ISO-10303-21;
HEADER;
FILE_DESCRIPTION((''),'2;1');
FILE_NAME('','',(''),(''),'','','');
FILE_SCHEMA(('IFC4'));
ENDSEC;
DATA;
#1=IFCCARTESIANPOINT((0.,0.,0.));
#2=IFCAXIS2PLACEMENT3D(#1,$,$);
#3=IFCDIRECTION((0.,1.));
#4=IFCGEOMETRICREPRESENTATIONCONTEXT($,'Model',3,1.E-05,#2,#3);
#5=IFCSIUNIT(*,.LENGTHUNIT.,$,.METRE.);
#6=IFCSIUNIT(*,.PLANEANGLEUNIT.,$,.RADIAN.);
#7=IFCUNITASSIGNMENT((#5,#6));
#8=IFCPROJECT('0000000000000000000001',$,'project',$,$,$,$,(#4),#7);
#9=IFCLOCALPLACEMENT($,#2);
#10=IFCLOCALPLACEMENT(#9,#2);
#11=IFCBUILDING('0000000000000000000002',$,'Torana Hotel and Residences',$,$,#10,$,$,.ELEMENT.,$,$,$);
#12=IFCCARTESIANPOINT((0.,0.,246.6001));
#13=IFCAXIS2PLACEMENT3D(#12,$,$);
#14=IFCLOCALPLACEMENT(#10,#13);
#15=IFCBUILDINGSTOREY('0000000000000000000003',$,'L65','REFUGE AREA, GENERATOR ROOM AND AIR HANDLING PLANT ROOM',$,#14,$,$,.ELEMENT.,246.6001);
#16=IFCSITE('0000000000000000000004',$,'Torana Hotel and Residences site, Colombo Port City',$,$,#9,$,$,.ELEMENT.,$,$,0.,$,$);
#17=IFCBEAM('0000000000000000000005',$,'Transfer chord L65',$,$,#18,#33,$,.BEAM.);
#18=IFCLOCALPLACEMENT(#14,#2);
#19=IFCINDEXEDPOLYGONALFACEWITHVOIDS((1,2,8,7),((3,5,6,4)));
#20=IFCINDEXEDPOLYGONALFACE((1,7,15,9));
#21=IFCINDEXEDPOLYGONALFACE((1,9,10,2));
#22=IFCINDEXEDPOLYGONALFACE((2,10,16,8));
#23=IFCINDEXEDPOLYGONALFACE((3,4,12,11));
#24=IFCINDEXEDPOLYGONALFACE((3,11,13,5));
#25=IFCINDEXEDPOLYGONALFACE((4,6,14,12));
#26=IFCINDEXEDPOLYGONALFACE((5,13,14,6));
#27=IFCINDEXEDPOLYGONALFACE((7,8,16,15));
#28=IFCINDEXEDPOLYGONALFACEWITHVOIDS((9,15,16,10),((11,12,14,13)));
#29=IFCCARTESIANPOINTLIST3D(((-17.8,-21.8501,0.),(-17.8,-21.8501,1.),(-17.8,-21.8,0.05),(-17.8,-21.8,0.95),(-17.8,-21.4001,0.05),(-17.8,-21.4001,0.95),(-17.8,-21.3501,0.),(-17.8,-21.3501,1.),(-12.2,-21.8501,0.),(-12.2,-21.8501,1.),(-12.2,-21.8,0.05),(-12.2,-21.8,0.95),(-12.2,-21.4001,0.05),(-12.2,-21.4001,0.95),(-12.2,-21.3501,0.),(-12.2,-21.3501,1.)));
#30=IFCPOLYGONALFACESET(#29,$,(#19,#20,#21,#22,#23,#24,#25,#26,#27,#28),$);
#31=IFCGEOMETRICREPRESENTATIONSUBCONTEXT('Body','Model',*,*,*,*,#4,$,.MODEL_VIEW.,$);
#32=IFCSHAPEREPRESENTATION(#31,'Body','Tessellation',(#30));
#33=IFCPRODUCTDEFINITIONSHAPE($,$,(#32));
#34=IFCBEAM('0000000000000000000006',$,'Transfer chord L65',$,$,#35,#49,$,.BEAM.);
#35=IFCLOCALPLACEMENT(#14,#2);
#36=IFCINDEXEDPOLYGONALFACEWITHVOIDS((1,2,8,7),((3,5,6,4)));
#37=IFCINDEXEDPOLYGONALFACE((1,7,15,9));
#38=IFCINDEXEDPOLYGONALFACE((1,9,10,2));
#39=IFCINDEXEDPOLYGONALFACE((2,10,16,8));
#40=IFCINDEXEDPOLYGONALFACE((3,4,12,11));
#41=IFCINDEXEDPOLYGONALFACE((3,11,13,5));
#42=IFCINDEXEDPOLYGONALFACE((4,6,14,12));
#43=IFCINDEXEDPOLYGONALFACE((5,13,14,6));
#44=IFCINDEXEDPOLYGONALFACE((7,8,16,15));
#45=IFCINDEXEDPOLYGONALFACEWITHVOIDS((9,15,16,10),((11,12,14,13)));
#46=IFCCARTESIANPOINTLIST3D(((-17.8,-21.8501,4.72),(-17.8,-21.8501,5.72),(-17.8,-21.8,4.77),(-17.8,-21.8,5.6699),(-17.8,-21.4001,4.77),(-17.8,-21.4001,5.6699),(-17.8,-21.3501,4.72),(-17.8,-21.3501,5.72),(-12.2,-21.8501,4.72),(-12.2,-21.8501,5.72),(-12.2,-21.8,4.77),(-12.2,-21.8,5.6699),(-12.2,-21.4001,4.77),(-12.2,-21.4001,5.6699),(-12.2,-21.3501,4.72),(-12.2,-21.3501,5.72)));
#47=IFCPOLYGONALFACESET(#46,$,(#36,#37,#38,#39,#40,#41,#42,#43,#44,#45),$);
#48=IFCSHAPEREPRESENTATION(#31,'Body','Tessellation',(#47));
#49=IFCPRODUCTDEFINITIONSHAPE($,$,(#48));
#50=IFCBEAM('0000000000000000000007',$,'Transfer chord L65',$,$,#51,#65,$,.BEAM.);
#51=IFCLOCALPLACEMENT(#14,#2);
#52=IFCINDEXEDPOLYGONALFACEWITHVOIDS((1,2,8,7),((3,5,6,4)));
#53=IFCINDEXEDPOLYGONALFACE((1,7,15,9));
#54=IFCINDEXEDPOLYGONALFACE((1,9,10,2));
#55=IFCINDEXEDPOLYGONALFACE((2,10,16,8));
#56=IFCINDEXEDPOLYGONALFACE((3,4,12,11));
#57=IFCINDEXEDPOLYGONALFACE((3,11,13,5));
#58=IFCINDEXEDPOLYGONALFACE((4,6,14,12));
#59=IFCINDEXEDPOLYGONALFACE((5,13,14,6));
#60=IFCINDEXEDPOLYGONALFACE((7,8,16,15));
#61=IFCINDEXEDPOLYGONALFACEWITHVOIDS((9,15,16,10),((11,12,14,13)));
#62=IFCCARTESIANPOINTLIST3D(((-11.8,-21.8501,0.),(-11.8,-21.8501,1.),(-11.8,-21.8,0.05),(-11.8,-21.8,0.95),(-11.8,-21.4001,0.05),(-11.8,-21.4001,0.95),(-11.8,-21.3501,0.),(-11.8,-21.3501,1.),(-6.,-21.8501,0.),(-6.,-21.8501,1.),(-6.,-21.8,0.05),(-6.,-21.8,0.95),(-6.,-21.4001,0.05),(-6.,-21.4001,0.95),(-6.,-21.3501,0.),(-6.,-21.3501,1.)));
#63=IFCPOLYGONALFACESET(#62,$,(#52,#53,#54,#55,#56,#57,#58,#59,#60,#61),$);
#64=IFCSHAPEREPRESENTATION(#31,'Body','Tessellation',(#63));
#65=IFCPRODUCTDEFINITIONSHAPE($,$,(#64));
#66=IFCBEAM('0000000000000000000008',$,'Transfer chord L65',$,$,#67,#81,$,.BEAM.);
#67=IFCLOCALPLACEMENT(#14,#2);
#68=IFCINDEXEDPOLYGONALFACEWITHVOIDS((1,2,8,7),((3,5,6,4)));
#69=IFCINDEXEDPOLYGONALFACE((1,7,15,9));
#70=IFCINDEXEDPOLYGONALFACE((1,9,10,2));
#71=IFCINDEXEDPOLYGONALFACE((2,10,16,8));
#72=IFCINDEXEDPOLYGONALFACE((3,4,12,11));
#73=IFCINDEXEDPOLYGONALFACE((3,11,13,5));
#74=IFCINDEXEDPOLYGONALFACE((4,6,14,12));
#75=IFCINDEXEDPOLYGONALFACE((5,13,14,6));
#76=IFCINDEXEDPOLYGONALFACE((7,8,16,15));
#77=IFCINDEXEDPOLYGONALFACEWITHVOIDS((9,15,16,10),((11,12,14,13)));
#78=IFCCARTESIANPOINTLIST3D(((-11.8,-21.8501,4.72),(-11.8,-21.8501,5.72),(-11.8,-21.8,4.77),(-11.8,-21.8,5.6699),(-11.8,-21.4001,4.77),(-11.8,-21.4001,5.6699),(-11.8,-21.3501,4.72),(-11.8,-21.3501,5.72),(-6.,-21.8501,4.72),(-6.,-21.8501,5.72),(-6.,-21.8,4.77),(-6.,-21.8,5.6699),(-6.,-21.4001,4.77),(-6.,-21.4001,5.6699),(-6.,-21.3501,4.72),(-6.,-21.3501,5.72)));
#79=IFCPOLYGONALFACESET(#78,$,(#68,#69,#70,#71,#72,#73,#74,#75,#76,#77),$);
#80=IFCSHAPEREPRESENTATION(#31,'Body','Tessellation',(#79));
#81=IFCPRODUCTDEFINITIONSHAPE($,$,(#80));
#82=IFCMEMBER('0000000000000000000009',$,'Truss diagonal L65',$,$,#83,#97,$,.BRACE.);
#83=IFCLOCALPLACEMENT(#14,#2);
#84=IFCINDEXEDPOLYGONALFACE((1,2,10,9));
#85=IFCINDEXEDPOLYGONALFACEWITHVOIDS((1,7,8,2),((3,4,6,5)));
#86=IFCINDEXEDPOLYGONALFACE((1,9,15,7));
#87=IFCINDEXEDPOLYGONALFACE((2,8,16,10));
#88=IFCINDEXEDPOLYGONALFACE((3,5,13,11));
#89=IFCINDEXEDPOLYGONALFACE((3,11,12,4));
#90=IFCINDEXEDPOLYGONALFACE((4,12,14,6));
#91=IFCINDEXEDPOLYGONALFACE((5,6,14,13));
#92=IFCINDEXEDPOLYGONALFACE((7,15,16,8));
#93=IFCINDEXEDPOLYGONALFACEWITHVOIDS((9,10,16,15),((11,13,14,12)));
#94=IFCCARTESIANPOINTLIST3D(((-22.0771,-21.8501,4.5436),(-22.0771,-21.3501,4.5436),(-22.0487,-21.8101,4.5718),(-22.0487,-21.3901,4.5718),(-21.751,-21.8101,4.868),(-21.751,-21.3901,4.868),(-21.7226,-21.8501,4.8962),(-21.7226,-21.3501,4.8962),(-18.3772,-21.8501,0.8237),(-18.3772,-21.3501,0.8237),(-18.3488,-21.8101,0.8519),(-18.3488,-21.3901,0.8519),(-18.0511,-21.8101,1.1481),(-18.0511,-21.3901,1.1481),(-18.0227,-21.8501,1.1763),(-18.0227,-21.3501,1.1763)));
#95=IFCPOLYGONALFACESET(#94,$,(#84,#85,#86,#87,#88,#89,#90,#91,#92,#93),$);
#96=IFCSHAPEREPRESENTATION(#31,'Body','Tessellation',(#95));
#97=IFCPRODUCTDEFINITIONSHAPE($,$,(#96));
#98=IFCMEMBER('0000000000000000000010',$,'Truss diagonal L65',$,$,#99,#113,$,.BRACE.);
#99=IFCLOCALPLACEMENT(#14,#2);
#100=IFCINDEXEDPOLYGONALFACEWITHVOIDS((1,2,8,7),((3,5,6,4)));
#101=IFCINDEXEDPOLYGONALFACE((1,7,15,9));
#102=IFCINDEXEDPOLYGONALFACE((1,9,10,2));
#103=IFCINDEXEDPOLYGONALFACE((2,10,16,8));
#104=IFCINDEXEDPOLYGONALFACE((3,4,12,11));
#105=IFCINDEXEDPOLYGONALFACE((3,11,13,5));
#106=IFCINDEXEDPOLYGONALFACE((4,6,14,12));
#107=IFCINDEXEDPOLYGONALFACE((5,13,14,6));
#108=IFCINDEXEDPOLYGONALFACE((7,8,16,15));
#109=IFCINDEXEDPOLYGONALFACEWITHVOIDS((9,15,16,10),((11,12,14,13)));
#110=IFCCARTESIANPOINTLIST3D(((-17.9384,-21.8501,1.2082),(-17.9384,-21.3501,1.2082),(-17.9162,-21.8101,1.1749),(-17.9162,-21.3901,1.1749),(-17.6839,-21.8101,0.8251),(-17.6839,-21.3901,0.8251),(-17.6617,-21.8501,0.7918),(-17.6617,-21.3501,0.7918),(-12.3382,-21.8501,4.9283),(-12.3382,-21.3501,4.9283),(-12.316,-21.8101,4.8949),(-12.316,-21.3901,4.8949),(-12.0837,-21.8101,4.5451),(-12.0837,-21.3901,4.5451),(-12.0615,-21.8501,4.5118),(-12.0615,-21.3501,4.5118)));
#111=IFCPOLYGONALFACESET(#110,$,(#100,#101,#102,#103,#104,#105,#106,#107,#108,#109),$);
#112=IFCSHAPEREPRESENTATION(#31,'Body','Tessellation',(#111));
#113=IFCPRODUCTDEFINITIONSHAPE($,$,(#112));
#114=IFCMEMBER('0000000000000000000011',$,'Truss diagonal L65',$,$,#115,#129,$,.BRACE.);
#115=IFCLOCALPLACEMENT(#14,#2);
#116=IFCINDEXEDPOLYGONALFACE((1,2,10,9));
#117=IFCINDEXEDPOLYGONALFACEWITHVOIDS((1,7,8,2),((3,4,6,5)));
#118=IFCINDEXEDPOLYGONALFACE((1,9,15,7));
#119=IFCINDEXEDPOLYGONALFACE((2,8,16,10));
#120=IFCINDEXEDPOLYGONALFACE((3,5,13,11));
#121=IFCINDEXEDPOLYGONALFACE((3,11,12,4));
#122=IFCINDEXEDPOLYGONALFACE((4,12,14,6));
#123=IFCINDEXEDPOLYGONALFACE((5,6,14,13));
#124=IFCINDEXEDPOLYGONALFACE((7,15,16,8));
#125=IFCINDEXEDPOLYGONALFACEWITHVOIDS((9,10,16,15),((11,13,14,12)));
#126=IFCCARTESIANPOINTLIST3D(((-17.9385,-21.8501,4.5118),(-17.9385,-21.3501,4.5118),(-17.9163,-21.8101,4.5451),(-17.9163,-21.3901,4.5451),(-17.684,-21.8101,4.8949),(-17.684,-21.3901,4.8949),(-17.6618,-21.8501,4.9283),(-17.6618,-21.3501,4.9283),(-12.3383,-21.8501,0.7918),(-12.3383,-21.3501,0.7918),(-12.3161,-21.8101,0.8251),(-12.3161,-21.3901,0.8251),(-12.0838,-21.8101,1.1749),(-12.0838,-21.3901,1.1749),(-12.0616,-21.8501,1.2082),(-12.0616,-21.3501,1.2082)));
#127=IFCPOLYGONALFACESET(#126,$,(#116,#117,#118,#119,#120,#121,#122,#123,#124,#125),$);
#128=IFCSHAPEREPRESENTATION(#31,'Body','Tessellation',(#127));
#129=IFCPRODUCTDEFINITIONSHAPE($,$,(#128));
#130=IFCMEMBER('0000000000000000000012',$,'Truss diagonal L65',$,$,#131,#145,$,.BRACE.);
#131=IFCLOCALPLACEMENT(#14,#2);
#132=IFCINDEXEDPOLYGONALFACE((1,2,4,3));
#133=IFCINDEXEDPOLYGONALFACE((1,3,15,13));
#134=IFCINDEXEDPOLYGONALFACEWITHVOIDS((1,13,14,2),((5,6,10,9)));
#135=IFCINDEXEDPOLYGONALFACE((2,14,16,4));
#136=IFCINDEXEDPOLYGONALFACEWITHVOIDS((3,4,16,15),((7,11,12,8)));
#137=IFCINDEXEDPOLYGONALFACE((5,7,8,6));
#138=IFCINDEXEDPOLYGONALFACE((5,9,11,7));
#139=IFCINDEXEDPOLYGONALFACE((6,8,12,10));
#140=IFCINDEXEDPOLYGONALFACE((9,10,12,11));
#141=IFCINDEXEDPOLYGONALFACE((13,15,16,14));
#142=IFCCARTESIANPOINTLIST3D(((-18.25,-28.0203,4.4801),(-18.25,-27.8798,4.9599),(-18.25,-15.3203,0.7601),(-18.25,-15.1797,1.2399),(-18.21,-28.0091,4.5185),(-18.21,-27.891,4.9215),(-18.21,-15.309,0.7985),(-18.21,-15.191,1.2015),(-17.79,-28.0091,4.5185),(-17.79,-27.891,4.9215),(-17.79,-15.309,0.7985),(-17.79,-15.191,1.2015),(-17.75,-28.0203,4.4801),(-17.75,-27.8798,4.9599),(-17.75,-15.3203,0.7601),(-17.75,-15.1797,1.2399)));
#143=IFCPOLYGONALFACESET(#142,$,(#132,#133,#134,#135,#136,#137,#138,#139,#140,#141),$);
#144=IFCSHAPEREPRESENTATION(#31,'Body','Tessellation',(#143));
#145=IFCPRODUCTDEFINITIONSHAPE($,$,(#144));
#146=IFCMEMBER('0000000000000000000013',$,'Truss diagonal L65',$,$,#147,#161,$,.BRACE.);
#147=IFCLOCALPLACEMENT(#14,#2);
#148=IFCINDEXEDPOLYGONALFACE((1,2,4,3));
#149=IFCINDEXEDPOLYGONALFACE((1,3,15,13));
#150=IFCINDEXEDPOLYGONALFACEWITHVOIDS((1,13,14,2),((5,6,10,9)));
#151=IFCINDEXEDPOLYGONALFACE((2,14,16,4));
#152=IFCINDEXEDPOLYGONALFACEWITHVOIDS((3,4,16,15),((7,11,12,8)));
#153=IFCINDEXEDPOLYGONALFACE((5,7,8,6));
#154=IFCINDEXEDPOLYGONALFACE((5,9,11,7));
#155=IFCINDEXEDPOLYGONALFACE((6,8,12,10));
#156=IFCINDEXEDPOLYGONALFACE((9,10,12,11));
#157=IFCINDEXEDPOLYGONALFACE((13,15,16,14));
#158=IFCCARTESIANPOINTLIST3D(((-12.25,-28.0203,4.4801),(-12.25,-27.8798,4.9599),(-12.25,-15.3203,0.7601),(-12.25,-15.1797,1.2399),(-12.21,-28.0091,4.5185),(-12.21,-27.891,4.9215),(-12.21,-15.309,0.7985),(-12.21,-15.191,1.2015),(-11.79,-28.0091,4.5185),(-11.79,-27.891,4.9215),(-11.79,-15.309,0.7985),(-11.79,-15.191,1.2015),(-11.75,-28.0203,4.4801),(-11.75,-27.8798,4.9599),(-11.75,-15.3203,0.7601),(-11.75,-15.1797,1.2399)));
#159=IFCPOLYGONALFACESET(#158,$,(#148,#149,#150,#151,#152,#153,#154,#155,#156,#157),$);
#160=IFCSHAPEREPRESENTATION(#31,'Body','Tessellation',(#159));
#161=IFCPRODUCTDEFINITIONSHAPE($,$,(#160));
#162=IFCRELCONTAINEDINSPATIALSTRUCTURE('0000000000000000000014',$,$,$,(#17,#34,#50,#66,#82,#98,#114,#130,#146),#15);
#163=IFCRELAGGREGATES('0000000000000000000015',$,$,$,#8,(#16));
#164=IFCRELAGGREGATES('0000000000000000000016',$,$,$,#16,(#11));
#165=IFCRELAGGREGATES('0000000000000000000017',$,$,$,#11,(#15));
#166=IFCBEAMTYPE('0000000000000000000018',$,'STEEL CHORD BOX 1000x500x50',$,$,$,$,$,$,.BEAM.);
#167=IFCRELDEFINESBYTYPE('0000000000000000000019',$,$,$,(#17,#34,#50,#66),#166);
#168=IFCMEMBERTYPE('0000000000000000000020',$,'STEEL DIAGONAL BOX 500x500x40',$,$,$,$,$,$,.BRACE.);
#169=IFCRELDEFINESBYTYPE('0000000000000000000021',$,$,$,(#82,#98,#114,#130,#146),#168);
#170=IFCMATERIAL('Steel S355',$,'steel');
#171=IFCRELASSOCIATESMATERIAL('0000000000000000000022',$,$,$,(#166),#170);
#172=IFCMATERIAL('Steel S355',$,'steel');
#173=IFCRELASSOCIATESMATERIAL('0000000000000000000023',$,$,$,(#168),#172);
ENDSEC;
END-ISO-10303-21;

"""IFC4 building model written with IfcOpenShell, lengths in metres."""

from ifc_helpers import new_model, si_unit, direction, frame, origin, origin_2d, place, context, subcontext, project, spatial, hollow_rectangle, extrude, material, material_profile, profile_set, type_object, element, save


model = new_model("IFC4")

# Units and contexts
model_context = context("Model", 3, precision=1e-05, world=origin(), true_north=direction((0.0, 1.0)))
body_context = subcontext(model_context, "Body", "Model", "MODEL_VIEW")
ifc_project = project(units=[si_unit("LENGTHUNIT", "METRE"), si_unit("PLANEANGLEUNIT", "RADIAN")], contexts=[model_context])

# Site, building, storey
site_placement = place(None, origin())
site = spatial("IfcSite", under=ifc_project, at=site_placement, Name="Torana Hotel and Residences site, Colombo Port City", CompositionType="ELEMENT", RefElevation=0.0)
building_placement = place(site_placement, origin())
building = spatial("IfcBuilding", under=site, at=building_placement, Name="Torana Hotel and Residences", CompositionType="ELEMENT")
storey_placement = place(building_placement, frame((0.0, 0.0, 246.6001)))
storey = spatial("IfcBuildingStorey", under=building, at=storey_placement, Name="L65", Description="REFUGE AREA, GENERATOR ROOM AND AIR HANDLING PLANT ROOM", CompositionType="ELEMENT", Elevation=246.6001)

# Beams
ifc_material_1 = material(Name="Steel S355", Category="steel")
ifc_material_profile_1 = material_profile(ifc_material_1, hollow_rectangle(XDim=0.5, YDim=1.0, WallThickness=0.05, at=origin_2d()), Name="BOX 1000x500x50")
ifc_profile_set_1 = profile_set([ifc_material_profile_1], Name="Steel S355")
beam_type = type_object("IfcBeamType", Name="STEEL CHORD BOX 1000x500x50", PredefinedType="BEAM", material=ifc_profile_set_1)
for number, where, z_axis, x_axis, name in (
    (1, (-17.8, -21.6001, 0.5), (1.0, 0.0, 0.0), (0.0, 1.0, 0.0), "Transfer chord L65"),
    (2, (-17.8, -21.6001, 5.22), (1.0, 0.0, 0.0), (0.0, 1.0, 0.0), "Transfer chord L65"),
):
    element("IfcBeam", number, at=place(storey_placement, frame(where, z_axis=z_axis, x_axis=x_axis)), inside=storey, type_object=beam_type, Name=name, PredefinedType="BEAM", context=body_context, shape_type="SweptSolid", body=[
        extrude(hollow_rectangle(XDim=0.5, YDim=1.0, WallThickness=0.05, at=origin_2d()), origin(), (0.0, 0.0, 1.0), 5.6001),
    ])
for number, where, z_axis, x_axis, name in (
    (3, (-11.8, -21.6001, 0.5), (1.0, 0.0, 0.0), (0.0, 1.0, 0.0), "Transfer chord L65"),
    (4, (-11.8, -21.6001, 5.22), (1.0, 0.0, 0.0), (0.0, 1.0, 0.0), "Transfer chord L65"),
):
    element("IfcBeam", number, at=place(storey_placement, frame(where, z_axis=z_axis, x_axis=x_axis)), inside=storey, type_object=beam_type, Name=name, PredefinedType="BEAM", context=body_context, shape_type="SweptSolid", body=[
        extrude(hollow_rectangle(XDim=0.5, YDim=1.0, WallThickness=0.05, at=origin_2d()), origin(), (0.0, 0.0, 1.0), 5.8),
    ])

# Members
ifc_material_2 = material(Name="Steel S355", Category="steel")
ifc_material_profile_2 = material_profile(ifc_material_2, hollow_rectangle(XDim=0.5, YDim=0.5, WallThickness=0.04, at=origin_2d()), Name="BOX 500x500x40")
ifc_profile_set_2 = profile_set([ifc_material_profile_2], Name="Steel S355")
member_type_1 = type_object("IfcMemberType", Name="STEEL DIAGONAL BOX 500x500x40", PredefinedType="BRACE", material=ifc_profile_set_2)
member_placement = place(storey_placement, frame((-18.2, -21.6001, 1.0), z_axis=(-0.705196, 0.0, 0.709012), x_axis=(0.0, -1.0, 0.0)))
element("IfcMember", 5, at=member_placement, inside=storey, type_object=member_type_1, Name="Truss diagonal L65", PredefinedType="BRACE", context=body_context, shape_type="SweptSolid", body=[
    extrude(hollow_rectangle(XDim=0.5, YDim=0.5, WallThickness=0.04, at=origin_2d()), origin(), (0.0, 0.0, 1.0), 5.2466),
])
for number, where, z_axis, x_axis, name in (
    (6, (-17.8, -21.6001, 1.0), (0.832971, 0.0, 0.553317), (0.0, 1.0, 0.0), "Truss diagonal L65"),
    (7, (-12.2, -21.6001, 1.0), (-0.832971, 0.0, 0.553317), (0.0, -1.0, 0.0), "Truss diagonal L65"),
):
    element("IfcMember", number, at=place(storey_placement, frame(where, z_axis=z_axis, x_axis=x_axis)), inside=storey, type_object=member_type_1, Name=name, PredefinedType="BRACE", context=body_context, shape_type="SweptSolid", body=[
        extrude(hollow_rectangle(XDim=0.5, YDim=0.5, WallThickness=0.04, at=origin_2d()), origin(), (0.0, 0.0, 1.0), 6.7231),
    ])
for number, where, z_axis, x_axis, name in (
    (8, (-18.0, -15.25, 1.0), (0.0, -0.959678, 0.281101), (1.0, 0.0, 0.0), "Truss diagonal L65"),
    (9, (-12.0, -15.25, 1.0), (0.0, -0.959678, 0.281101), (1.0, 0.0, 0.0), "Truss diagonal L65"),
):
    element("IfcMember", number, at=place(storey_placement, frame(where, z_axis=z_axis, x_axis=x_axis)), inside=storey, type_object=member_type_1, Name=name, PredefinedType="BRACE", context=body_context, shape_type="SweptSolid", body=[
        extrude(hollow_rectangle(XDim=0.5, YDim=0.5, WallThickness=0.04, at=origin_2d()), origin(), (0.0, 0.0, 1.0), 13.2336),
    ])

save(model, "model.ifc")
